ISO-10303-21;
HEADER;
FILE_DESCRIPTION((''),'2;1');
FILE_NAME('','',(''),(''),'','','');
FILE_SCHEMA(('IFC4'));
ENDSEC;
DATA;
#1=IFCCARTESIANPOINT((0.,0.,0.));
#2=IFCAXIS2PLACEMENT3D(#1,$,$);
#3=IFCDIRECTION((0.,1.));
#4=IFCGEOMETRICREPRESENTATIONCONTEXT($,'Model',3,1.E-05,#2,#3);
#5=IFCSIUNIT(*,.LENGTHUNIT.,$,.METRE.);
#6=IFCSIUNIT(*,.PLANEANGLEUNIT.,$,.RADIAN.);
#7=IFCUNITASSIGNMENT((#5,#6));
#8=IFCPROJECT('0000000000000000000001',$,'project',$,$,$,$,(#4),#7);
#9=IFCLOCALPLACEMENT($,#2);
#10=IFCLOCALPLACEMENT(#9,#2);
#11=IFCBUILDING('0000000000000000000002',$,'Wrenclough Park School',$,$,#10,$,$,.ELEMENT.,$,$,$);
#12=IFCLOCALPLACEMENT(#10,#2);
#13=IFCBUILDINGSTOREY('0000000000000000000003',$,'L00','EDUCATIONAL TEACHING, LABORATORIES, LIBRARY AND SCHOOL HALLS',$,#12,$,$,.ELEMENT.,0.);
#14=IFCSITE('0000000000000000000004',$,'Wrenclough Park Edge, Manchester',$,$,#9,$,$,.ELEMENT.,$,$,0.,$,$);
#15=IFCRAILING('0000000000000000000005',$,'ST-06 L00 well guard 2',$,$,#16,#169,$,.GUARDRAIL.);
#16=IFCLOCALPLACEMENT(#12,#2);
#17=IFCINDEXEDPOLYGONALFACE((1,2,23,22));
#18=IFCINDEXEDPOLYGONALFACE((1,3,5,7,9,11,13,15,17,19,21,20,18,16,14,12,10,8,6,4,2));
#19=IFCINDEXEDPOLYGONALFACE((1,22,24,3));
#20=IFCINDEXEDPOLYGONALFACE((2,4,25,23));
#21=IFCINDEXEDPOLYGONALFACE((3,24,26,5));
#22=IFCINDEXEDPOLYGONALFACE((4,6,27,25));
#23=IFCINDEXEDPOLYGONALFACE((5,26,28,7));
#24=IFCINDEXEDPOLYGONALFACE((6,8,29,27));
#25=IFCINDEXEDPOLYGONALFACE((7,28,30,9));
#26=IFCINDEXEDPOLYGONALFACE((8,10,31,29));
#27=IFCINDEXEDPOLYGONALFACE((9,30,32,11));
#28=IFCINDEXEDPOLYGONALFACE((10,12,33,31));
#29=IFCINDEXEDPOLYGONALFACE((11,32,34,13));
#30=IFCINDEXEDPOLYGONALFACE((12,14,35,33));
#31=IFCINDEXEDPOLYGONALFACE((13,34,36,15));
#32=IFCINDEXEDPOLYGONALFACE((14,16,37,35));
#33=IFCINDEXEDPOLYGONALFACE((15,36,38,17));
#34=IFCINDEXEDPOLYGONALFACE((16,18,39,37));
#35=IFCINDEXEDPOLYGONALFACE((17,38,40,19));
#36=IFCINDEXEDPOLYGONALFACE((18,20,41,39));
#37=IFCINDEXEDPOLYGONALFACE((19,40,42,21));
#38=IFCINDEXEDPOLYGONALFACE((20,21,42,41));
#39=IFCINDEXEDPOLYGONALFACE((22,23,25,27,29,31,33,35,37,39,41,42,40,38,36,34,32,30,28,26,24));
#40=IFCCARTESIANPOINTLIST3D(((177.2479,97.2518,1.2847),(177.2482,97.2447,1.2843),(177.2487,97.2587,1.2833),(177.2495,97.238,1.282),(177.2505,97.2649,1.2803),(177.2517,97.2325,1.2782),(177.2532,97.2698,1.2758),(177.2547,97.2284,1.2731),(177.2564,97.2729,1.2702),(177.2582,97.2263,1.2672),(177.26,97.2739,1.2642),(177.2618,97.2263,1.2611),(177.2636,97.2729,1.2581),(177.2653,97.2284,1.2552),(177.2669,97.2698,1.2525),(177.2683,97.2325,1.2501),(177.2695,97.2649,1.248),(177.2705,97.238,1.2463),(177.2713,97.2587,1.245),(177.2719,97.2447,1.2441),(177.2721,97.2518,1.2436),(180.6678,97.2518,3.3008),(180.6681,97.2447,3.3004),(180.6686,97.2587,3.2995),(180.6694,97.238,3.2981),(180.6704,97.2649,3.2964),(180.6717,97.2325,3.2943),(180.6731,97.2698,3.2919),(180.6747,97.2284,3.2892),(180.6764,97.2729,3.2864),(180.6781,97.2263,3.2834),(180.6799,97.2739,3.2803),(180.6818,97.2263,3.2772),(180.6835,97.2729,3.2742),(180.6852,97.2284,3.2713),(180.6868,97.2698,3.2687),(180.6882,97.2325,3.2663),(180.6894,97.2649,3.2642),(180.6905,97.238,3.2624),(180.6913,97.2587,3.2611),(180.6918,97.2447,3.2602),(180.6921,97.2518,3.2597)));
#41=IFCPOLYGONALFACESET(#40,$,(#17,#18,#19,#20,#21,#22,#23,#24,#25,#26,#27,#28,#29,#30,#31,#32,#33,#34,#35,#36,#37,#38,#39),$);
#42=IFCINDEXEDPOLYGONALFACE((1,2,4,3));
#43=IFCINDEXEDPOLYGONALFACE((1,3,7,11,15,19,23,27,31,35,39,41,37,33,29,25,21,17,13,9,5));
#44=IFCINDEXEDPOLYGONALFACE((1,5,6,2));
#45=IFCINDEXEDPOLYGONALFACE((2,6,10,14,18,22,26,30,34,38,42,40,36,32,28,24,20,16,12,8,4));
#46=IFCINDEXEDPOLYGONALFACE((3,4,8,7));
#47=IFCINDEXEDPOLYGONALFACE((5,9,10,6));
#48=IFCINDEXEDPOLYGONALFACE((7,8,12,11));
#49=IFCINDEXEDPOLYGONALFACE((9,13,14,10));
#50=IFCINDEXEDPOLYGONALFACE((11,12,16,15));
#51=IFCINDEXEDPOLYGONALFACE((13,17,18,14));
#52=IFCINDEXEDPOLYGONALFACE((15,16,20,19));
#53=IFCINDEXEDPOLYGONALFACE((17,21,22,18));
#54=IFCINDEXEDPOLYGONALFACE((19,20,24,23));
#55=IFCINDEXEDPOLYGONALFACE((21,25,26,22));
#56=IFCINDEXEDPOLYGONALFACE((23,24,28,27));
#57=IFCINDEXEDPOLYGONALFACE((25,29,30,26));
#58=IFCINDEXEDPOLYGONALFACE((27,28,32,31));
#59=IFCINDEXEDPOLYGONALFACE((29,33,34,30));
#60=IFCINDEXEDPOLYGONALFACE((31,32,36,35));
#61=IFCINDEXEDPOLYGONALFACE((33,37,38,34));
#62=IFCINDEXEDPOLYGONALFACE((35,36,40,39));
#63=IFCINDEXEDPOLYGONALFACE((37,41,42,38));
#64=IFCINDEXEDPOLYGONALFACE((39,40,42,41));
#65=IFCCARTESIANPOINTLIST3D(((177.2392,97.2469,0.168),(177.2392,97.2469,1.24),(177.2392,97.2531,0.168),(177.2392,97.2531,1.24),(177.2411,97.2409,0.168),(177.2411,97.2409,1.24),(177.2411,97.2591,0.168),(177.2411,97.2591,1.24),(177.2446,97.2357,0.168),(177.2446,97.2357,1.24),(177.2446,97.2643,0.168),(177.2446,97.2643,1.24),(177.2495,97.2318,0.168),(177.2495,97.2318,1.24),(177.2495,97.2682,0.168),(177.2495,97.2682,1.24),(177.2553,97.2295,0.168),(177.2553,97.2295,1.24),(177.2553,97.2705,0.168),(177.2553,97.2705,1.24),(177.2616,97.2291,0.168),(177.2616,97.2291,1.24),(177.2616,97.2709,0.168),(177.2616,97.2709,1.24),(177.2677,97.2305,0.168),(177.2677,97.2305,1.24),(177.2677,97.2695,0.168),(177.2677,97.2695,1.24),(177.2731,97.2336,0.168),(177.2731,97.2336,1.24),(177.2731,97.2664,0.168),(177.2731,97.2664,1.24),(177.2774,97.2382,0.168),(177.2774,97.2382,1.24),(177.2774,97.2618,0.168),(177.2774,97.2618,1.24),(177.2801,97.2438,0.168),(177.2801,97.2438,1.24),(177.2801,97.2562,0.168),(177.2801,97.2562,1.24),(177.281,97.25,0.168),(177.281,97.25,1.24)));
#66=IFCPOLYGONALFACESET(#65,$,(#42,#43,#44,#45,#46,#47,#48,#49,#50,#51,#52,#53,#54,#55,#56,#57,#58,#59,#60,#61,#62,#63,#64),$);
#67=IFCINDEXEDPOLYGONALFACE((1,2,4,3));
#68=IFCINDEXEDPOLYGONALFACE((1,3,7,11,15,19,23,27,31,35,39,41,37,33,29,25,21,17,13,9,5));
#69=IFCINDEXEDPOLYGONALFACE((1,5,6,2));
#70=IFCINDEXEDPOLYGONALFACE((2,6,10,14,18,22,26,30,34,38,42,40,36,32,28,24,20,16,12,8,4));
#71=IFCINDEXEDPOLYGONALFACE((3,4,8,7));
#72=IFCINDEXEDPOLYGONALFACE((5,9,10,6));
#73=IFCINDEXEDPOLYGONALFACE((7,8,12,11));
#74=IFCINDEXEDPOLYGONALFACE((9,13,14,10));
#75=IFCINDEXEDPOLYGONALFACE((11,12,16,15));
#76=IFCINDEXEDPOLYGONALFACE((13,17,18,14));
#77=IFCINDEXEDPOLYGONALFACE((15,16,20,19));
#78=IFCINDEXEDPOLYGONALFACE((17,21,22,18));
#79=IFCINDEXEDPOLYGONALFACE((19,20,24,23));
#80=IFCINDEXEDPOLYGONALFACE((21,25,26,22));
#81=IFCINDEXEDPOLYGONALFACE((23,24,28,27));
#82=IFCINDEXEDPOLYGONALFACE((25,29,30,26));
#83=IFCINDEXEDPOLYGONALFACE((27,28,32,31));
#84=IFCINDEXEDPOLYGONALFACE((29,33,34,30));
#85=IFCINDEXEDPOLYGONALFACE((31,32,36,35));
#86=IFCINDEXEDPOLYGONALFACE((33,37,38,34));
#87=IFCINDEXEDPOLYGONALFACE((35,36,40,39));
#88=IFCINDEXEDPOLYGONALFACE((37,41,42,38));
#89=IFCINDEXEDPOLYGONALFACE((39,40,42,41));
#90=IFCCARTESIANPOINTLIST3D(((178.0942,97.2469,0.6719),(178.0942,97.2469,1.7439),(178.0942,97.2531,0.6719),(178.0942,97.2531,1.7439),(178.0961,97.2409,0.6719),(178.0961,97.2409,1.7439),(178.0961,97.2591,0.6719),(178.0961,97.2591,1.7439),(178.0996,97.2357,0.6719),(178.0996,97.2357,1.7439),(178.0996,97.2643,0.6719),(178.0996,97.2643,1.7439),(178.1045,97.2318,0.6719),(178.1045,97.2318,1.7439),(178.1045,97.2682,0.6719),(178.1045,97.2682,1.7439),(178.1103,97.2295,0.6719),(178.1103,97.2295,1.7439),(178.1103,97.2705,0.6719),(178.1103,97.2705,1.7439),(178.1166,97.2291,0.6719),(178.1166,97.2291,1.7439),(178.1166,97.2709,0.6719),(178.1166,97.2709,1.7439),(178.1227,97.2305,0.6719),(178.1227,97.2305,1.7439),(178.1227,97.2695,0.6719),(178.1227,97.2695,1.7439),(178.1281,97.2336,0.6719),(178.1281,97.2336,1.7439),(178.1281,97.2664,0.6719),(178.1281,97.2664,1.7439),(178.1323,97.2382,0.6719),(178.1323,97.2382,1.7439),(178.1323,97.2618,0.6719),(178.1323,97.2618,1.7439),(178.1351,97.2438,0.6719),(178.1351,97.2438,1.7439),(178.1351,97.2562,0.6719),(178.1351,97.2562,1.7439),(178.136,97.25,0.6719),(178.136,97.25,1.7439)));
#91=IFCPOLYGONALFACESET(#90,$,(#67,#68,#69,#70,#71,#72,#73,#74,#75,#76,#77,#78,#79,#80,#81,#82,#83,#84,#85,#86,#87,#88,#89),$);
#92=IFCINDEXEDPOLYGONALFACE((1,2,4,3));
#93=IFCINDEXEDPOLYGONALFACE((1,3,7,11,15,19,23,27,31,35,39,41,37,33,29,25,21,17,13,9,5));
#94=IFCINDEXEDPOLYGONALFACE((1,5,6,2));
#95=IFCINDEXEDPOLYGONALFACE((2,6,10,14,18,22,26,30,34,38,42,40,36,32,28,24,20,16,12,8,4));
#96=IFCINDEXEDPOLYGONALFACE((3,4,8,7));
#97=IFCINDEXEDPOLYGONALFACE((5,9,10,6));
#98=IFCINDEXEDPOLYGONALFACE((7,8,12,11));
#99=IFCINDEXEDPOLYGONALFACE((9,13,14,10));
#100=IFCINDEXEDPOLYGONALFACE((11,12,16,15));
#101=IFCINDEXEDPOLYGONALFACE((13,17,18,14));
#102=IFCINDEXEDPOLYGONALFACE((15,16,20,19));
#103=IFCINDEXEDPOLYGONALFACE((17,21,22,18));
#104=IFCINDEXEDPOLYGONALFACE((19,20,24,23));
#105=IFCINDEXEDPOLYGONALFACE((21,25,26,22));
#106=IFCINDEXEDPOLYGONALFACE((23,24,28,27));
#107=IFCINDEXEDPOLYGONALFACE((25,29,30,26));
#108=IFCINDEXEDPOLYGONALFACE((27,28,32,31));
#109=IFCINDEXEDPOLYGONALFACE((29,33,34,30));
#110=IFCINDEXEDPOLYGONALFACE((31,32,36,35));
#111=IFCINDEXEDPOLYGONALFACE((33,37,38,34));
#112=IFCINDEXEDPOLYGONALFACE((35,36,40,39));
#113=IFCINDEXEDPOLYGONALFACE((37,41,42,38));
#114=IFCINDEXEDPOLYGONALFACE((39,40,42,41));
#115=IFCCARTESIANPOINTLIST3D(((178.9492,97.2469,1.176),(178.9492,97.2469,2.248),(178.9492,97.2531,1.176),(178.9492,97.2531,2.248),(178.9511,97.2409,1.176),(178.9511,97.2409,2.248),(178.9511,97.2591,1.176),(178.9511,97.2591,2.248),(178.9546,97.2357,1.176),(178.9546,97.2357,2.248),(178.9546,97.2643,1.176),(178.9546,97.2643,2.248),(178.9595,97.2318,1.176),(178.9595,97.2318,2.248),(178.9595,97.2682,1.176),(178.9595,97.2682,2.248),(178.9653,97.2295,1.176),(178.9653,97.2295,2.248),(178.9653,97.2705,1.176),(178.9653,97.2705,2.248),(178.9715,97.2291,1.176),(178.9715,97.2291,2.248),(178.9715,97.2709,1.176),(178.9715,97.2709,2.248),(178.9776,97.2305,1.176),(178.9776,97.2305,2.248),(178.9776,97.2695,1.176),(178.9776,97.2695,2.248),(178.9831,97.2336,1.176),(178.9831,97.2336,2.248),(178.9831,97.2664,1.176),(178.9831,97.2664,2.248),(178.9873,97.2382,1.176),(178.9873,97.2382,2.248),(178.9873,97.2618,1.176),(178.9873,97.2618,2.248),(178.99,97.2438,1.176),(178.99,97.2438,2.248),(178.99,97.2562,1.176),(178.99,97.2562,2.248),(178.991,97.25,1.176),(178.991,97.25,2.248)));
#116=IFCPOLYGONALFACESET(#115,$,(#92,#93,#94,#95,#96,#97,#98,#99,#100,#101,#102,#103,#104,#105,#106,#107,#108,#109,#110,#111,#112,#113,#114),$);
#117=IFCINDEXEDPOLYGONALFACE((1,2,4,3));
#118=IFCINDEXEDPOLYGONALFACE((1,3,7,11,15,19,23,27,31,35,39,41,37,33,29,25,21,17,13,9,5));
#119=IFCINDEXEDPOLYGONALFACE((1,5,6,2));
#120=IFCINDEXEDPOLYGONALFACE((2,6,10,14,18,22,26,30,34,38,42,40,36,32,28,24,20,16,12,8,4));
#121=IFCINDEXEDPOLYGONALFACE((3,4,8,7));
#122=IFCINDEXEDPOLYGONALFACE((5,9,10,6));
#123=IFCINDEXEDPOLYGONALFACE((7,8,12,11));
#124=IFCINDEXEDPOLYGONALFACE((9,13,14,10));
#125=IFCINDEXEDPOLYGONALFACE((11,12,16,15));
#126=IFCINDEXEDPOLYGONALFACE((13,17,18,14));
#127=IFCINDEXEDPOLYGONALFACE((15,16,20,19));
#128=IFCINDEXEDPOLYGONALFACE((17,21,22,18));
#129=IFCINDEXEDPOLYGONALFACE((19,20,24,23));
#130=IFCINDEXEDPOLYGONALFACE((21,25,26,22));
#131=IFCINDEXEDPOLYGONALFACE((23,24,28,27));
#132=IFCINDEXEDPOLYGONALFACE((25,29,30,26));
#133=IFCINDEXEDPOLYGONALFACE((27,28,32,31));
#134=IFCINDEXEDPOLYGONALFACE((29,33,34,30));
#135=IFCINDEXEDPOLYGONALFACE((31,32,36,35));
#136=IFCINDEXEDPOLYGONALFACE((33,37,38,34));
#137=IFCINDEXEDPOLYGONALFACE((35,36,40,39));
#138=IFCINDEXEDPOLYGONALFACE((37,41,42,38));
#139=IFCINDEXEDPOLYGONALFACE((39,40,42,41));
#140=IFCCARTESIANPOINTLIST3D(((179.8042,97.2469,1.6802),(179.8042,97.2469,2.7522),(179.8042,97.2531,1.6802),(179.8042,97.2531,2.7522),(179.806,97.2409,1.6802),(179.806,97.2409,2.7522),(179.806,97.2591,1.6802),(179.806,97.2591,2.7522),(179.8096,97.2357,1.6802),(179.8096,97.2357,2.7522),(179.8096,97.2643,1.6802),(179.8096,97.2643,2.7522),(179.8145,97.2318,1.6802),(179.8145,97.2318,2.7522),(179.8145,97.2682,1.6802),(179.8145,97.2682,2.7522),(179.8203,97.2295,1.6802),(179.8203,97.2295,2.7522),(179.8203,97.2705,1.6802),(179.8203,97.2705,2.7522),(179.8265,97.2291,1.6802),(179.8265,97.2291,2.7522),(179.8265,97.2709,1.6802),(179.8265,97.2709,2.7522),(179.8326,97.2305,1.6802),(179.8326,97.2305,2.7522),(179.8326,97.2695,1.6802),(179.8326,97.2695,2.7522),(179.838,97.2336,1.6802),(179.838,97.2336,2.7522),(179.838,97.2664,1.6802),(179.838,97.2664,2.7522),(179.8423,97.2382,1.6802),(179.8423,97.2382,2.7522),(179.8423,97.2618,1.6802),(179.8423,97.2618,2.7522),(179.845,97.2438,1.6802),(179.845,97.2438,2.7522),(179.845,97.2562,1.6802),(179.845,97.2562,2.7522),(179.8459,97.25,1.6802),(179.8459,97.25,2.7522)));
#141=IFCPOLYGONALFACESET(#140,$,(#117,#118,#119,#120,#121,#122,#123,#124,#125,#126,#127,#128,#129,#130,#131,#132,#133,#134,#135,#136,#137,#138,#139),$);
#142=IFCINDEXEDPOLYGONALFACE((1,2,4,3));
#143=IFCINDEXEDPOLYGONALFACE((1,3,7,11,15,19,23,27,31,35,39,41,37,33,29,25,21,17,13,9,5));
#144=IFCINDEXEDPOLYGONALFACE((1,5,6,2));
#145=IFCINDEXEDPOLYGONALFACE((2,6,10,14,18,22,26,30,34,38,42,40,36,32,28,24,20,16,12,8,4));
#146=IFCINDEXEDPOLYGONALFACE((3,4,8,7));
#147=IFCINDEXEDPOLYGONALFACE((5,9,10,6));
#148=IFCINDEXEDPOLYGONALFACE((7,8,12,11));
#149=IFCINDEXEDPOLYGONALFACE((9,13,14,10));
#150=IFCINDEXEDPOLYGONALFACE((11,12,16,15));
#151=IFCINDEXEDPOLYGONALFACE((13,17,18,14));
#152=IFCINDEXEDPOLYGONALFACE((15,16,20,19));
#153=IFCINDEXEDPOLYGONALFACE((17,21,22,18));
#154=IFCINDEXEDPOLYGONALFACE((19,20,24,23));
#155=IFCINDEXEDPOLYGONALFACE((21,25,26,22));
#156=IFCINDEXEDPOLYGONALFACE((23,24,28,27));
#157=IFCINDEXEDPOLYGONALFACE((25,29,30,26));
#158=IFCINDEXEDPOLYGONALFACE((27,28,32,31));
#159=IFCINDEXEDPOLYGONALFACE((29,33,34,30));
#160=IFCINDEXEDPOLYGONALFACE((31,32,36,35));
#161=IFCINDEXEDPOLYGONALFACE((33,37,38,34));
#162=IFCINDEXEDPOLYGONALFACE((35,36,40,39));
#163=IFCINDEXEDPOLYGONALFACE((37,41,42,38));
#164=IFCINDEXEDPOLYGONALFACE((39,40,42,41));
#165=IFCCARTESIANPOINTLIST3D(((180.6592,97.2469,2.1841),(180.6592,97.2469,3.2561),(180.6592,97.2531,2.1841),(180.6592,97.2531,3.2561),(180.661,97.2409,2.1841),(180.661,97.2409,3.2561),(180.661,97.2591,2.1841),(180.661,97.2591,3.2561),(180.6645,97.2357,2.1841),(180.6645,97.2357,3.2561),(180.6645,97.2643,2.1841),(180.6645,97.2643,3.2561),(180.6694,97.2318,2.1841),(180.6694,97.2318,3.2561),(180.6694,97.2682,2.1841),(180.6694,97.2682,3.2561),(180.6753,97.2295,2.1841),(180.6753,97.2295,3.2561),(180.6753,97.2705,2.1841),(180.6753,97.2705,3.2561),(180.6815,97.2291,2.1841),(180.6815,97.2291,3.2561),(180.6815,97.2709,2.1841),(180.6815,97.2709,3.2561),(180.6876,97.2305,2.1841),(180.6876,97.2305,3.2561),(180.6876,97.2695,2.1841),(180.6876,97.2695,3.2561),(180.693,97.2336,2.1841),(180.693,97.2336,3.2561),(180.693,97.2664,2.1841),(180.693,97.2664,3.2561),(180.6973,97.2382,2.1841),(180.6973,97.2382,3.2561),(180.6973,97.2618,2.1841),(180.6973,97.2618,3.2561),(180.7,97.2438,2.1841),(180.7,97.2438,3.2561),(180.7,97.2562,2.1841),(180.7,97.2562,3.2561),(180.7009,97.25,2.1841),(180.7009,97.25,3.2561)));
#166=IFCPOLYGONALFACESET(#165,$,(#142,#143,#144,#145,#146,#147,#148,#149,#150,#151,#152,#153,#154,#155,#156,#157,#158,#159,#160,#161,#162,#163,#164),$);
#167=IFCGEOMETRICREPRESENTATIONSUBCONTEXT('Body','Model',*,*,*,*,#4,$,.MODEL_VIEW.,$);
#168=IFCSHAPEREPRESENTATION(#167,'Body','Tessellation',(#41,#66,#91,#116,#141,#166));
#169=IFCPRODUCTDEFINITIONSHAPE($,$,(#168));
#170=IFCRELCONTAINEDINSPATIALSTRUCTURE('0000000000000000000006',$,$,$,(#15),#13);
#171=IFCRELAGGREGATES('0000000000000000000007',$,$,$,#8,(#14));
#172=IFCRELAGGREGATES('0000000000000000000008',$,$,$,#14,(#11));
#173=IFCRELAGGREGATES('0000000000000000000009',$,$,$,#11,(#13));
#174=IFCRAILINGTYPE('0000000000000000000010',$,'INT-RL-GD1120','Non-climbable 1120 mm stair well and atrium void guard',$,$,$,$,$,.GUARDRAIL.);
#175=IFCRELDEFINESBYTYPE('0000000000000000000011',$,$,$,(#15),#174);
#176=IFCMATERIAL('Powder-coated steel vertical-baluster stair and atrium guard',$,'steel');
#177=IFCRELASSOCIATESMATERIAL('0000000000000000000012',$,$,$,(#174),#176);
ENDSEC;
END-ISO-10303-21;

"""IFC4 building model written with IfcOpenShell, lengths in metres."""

from ifc_helpers import new_model, si_unit, direction, frame, origin, origin_2d, place, context, subcontext, project, spatial, circle, extrude, material, type_object, element, save


model = new_model("IFC4")

# Units and contexts
model_context = context("Model", 3, precision=1e-05, world=origin(), true_north=direction((0.0, 1.0)))
body_context = subcontext(model_context, "Body", "Model", "MODEL_VIEW")
ifc_project = project(units=[si_unit("LENGTHUNIT", "METRE"), si_unit("PLANEANGLEUNIT", "RADIAN")], contexts=[model_context])

# Site, building, storey
site_placement = place(None, origin())
site = spatial("IfcSite", under=ifc_project, at=site_placement, Name="Wrenclough Park Edge, Manchester", CompositionType="ELEMENT", RefElevation=0.0)
building_placement = place(site_placement, origin())
building = spatial("IfcBuilding", under=site, at=building_placement, Name="Wrenclough Park School", CompositionType="ELEMENT")
storey_placement = place(building_placement, origin())
storey = spatial("IfcBuildingStorey", under=building, at=storey_placement, Name="L00", Description="EDUCATIONAL TEACHING, LABORATORIES, LIBRARY AND SCHOOL HALLS", CompositionType="ELEMENT", Elevation=0.0)

# Railing
ifc_material_1 = material(Name="Powder-coated steel vertical-baluster stair and atrium guard", Category="steel")
railing_type = type_object("IfcRailingType", Name="INT-RL-GD1120", Description="Non-climbable 1120 mm stair well and atrium void guard", PredefinedType="GUARDRAIL", material=ifc_material_1)
railing_1_placement = place(storey_placement, frame((177.26, 97.25, 0.168)))
element("IfcRailing", 1, at=railing_1_placement, inside=storey, type_object=railing_type, Name="ST-06 L00 well guard 2", PredefinedType="GUARDRAIL", context=body_context, shape_type="SweptSolid", body=[
    extrude(circle(Radius=0.0239, at=origin_2d()), frame((0.0, 0.0, 1.0962), z_axis=(0.86145, 0.0, 0.507842), x_axis=(0.0, 1.0, 0.0)), (0.0, 0.0, 1.0), 3.97),
    extrude(circle(Radius=0.021, at=origin_2d()), origin(), (0.0, 0.0, 1.0), 1.072),
    extrude(circle(Radius=0.021, at=origin_2d()), frame((0.855, 0.0, 0.5039)), (0.0, 0.0, 1.0), 1.072),
    extrude(circle(Radius=0.021, at=origin_2d()), frame((1.71, 0.0, 1.0081)), (0.0, 0.0, 1.0), 1.072),
    extrude(circle(Radius=0.021, at=origin_2d()), frame((2.5649, 0.0, 1.5122)), (0.0, 0.0, 1.0), 1.072),
    extrude(circle(Radius=0.021, at=origin_2d()), frame((3.4199, 0.0, 2.0161)), (0.0, 0.0, 1.0), 1.072),
])

save(model, "model.ifc")
